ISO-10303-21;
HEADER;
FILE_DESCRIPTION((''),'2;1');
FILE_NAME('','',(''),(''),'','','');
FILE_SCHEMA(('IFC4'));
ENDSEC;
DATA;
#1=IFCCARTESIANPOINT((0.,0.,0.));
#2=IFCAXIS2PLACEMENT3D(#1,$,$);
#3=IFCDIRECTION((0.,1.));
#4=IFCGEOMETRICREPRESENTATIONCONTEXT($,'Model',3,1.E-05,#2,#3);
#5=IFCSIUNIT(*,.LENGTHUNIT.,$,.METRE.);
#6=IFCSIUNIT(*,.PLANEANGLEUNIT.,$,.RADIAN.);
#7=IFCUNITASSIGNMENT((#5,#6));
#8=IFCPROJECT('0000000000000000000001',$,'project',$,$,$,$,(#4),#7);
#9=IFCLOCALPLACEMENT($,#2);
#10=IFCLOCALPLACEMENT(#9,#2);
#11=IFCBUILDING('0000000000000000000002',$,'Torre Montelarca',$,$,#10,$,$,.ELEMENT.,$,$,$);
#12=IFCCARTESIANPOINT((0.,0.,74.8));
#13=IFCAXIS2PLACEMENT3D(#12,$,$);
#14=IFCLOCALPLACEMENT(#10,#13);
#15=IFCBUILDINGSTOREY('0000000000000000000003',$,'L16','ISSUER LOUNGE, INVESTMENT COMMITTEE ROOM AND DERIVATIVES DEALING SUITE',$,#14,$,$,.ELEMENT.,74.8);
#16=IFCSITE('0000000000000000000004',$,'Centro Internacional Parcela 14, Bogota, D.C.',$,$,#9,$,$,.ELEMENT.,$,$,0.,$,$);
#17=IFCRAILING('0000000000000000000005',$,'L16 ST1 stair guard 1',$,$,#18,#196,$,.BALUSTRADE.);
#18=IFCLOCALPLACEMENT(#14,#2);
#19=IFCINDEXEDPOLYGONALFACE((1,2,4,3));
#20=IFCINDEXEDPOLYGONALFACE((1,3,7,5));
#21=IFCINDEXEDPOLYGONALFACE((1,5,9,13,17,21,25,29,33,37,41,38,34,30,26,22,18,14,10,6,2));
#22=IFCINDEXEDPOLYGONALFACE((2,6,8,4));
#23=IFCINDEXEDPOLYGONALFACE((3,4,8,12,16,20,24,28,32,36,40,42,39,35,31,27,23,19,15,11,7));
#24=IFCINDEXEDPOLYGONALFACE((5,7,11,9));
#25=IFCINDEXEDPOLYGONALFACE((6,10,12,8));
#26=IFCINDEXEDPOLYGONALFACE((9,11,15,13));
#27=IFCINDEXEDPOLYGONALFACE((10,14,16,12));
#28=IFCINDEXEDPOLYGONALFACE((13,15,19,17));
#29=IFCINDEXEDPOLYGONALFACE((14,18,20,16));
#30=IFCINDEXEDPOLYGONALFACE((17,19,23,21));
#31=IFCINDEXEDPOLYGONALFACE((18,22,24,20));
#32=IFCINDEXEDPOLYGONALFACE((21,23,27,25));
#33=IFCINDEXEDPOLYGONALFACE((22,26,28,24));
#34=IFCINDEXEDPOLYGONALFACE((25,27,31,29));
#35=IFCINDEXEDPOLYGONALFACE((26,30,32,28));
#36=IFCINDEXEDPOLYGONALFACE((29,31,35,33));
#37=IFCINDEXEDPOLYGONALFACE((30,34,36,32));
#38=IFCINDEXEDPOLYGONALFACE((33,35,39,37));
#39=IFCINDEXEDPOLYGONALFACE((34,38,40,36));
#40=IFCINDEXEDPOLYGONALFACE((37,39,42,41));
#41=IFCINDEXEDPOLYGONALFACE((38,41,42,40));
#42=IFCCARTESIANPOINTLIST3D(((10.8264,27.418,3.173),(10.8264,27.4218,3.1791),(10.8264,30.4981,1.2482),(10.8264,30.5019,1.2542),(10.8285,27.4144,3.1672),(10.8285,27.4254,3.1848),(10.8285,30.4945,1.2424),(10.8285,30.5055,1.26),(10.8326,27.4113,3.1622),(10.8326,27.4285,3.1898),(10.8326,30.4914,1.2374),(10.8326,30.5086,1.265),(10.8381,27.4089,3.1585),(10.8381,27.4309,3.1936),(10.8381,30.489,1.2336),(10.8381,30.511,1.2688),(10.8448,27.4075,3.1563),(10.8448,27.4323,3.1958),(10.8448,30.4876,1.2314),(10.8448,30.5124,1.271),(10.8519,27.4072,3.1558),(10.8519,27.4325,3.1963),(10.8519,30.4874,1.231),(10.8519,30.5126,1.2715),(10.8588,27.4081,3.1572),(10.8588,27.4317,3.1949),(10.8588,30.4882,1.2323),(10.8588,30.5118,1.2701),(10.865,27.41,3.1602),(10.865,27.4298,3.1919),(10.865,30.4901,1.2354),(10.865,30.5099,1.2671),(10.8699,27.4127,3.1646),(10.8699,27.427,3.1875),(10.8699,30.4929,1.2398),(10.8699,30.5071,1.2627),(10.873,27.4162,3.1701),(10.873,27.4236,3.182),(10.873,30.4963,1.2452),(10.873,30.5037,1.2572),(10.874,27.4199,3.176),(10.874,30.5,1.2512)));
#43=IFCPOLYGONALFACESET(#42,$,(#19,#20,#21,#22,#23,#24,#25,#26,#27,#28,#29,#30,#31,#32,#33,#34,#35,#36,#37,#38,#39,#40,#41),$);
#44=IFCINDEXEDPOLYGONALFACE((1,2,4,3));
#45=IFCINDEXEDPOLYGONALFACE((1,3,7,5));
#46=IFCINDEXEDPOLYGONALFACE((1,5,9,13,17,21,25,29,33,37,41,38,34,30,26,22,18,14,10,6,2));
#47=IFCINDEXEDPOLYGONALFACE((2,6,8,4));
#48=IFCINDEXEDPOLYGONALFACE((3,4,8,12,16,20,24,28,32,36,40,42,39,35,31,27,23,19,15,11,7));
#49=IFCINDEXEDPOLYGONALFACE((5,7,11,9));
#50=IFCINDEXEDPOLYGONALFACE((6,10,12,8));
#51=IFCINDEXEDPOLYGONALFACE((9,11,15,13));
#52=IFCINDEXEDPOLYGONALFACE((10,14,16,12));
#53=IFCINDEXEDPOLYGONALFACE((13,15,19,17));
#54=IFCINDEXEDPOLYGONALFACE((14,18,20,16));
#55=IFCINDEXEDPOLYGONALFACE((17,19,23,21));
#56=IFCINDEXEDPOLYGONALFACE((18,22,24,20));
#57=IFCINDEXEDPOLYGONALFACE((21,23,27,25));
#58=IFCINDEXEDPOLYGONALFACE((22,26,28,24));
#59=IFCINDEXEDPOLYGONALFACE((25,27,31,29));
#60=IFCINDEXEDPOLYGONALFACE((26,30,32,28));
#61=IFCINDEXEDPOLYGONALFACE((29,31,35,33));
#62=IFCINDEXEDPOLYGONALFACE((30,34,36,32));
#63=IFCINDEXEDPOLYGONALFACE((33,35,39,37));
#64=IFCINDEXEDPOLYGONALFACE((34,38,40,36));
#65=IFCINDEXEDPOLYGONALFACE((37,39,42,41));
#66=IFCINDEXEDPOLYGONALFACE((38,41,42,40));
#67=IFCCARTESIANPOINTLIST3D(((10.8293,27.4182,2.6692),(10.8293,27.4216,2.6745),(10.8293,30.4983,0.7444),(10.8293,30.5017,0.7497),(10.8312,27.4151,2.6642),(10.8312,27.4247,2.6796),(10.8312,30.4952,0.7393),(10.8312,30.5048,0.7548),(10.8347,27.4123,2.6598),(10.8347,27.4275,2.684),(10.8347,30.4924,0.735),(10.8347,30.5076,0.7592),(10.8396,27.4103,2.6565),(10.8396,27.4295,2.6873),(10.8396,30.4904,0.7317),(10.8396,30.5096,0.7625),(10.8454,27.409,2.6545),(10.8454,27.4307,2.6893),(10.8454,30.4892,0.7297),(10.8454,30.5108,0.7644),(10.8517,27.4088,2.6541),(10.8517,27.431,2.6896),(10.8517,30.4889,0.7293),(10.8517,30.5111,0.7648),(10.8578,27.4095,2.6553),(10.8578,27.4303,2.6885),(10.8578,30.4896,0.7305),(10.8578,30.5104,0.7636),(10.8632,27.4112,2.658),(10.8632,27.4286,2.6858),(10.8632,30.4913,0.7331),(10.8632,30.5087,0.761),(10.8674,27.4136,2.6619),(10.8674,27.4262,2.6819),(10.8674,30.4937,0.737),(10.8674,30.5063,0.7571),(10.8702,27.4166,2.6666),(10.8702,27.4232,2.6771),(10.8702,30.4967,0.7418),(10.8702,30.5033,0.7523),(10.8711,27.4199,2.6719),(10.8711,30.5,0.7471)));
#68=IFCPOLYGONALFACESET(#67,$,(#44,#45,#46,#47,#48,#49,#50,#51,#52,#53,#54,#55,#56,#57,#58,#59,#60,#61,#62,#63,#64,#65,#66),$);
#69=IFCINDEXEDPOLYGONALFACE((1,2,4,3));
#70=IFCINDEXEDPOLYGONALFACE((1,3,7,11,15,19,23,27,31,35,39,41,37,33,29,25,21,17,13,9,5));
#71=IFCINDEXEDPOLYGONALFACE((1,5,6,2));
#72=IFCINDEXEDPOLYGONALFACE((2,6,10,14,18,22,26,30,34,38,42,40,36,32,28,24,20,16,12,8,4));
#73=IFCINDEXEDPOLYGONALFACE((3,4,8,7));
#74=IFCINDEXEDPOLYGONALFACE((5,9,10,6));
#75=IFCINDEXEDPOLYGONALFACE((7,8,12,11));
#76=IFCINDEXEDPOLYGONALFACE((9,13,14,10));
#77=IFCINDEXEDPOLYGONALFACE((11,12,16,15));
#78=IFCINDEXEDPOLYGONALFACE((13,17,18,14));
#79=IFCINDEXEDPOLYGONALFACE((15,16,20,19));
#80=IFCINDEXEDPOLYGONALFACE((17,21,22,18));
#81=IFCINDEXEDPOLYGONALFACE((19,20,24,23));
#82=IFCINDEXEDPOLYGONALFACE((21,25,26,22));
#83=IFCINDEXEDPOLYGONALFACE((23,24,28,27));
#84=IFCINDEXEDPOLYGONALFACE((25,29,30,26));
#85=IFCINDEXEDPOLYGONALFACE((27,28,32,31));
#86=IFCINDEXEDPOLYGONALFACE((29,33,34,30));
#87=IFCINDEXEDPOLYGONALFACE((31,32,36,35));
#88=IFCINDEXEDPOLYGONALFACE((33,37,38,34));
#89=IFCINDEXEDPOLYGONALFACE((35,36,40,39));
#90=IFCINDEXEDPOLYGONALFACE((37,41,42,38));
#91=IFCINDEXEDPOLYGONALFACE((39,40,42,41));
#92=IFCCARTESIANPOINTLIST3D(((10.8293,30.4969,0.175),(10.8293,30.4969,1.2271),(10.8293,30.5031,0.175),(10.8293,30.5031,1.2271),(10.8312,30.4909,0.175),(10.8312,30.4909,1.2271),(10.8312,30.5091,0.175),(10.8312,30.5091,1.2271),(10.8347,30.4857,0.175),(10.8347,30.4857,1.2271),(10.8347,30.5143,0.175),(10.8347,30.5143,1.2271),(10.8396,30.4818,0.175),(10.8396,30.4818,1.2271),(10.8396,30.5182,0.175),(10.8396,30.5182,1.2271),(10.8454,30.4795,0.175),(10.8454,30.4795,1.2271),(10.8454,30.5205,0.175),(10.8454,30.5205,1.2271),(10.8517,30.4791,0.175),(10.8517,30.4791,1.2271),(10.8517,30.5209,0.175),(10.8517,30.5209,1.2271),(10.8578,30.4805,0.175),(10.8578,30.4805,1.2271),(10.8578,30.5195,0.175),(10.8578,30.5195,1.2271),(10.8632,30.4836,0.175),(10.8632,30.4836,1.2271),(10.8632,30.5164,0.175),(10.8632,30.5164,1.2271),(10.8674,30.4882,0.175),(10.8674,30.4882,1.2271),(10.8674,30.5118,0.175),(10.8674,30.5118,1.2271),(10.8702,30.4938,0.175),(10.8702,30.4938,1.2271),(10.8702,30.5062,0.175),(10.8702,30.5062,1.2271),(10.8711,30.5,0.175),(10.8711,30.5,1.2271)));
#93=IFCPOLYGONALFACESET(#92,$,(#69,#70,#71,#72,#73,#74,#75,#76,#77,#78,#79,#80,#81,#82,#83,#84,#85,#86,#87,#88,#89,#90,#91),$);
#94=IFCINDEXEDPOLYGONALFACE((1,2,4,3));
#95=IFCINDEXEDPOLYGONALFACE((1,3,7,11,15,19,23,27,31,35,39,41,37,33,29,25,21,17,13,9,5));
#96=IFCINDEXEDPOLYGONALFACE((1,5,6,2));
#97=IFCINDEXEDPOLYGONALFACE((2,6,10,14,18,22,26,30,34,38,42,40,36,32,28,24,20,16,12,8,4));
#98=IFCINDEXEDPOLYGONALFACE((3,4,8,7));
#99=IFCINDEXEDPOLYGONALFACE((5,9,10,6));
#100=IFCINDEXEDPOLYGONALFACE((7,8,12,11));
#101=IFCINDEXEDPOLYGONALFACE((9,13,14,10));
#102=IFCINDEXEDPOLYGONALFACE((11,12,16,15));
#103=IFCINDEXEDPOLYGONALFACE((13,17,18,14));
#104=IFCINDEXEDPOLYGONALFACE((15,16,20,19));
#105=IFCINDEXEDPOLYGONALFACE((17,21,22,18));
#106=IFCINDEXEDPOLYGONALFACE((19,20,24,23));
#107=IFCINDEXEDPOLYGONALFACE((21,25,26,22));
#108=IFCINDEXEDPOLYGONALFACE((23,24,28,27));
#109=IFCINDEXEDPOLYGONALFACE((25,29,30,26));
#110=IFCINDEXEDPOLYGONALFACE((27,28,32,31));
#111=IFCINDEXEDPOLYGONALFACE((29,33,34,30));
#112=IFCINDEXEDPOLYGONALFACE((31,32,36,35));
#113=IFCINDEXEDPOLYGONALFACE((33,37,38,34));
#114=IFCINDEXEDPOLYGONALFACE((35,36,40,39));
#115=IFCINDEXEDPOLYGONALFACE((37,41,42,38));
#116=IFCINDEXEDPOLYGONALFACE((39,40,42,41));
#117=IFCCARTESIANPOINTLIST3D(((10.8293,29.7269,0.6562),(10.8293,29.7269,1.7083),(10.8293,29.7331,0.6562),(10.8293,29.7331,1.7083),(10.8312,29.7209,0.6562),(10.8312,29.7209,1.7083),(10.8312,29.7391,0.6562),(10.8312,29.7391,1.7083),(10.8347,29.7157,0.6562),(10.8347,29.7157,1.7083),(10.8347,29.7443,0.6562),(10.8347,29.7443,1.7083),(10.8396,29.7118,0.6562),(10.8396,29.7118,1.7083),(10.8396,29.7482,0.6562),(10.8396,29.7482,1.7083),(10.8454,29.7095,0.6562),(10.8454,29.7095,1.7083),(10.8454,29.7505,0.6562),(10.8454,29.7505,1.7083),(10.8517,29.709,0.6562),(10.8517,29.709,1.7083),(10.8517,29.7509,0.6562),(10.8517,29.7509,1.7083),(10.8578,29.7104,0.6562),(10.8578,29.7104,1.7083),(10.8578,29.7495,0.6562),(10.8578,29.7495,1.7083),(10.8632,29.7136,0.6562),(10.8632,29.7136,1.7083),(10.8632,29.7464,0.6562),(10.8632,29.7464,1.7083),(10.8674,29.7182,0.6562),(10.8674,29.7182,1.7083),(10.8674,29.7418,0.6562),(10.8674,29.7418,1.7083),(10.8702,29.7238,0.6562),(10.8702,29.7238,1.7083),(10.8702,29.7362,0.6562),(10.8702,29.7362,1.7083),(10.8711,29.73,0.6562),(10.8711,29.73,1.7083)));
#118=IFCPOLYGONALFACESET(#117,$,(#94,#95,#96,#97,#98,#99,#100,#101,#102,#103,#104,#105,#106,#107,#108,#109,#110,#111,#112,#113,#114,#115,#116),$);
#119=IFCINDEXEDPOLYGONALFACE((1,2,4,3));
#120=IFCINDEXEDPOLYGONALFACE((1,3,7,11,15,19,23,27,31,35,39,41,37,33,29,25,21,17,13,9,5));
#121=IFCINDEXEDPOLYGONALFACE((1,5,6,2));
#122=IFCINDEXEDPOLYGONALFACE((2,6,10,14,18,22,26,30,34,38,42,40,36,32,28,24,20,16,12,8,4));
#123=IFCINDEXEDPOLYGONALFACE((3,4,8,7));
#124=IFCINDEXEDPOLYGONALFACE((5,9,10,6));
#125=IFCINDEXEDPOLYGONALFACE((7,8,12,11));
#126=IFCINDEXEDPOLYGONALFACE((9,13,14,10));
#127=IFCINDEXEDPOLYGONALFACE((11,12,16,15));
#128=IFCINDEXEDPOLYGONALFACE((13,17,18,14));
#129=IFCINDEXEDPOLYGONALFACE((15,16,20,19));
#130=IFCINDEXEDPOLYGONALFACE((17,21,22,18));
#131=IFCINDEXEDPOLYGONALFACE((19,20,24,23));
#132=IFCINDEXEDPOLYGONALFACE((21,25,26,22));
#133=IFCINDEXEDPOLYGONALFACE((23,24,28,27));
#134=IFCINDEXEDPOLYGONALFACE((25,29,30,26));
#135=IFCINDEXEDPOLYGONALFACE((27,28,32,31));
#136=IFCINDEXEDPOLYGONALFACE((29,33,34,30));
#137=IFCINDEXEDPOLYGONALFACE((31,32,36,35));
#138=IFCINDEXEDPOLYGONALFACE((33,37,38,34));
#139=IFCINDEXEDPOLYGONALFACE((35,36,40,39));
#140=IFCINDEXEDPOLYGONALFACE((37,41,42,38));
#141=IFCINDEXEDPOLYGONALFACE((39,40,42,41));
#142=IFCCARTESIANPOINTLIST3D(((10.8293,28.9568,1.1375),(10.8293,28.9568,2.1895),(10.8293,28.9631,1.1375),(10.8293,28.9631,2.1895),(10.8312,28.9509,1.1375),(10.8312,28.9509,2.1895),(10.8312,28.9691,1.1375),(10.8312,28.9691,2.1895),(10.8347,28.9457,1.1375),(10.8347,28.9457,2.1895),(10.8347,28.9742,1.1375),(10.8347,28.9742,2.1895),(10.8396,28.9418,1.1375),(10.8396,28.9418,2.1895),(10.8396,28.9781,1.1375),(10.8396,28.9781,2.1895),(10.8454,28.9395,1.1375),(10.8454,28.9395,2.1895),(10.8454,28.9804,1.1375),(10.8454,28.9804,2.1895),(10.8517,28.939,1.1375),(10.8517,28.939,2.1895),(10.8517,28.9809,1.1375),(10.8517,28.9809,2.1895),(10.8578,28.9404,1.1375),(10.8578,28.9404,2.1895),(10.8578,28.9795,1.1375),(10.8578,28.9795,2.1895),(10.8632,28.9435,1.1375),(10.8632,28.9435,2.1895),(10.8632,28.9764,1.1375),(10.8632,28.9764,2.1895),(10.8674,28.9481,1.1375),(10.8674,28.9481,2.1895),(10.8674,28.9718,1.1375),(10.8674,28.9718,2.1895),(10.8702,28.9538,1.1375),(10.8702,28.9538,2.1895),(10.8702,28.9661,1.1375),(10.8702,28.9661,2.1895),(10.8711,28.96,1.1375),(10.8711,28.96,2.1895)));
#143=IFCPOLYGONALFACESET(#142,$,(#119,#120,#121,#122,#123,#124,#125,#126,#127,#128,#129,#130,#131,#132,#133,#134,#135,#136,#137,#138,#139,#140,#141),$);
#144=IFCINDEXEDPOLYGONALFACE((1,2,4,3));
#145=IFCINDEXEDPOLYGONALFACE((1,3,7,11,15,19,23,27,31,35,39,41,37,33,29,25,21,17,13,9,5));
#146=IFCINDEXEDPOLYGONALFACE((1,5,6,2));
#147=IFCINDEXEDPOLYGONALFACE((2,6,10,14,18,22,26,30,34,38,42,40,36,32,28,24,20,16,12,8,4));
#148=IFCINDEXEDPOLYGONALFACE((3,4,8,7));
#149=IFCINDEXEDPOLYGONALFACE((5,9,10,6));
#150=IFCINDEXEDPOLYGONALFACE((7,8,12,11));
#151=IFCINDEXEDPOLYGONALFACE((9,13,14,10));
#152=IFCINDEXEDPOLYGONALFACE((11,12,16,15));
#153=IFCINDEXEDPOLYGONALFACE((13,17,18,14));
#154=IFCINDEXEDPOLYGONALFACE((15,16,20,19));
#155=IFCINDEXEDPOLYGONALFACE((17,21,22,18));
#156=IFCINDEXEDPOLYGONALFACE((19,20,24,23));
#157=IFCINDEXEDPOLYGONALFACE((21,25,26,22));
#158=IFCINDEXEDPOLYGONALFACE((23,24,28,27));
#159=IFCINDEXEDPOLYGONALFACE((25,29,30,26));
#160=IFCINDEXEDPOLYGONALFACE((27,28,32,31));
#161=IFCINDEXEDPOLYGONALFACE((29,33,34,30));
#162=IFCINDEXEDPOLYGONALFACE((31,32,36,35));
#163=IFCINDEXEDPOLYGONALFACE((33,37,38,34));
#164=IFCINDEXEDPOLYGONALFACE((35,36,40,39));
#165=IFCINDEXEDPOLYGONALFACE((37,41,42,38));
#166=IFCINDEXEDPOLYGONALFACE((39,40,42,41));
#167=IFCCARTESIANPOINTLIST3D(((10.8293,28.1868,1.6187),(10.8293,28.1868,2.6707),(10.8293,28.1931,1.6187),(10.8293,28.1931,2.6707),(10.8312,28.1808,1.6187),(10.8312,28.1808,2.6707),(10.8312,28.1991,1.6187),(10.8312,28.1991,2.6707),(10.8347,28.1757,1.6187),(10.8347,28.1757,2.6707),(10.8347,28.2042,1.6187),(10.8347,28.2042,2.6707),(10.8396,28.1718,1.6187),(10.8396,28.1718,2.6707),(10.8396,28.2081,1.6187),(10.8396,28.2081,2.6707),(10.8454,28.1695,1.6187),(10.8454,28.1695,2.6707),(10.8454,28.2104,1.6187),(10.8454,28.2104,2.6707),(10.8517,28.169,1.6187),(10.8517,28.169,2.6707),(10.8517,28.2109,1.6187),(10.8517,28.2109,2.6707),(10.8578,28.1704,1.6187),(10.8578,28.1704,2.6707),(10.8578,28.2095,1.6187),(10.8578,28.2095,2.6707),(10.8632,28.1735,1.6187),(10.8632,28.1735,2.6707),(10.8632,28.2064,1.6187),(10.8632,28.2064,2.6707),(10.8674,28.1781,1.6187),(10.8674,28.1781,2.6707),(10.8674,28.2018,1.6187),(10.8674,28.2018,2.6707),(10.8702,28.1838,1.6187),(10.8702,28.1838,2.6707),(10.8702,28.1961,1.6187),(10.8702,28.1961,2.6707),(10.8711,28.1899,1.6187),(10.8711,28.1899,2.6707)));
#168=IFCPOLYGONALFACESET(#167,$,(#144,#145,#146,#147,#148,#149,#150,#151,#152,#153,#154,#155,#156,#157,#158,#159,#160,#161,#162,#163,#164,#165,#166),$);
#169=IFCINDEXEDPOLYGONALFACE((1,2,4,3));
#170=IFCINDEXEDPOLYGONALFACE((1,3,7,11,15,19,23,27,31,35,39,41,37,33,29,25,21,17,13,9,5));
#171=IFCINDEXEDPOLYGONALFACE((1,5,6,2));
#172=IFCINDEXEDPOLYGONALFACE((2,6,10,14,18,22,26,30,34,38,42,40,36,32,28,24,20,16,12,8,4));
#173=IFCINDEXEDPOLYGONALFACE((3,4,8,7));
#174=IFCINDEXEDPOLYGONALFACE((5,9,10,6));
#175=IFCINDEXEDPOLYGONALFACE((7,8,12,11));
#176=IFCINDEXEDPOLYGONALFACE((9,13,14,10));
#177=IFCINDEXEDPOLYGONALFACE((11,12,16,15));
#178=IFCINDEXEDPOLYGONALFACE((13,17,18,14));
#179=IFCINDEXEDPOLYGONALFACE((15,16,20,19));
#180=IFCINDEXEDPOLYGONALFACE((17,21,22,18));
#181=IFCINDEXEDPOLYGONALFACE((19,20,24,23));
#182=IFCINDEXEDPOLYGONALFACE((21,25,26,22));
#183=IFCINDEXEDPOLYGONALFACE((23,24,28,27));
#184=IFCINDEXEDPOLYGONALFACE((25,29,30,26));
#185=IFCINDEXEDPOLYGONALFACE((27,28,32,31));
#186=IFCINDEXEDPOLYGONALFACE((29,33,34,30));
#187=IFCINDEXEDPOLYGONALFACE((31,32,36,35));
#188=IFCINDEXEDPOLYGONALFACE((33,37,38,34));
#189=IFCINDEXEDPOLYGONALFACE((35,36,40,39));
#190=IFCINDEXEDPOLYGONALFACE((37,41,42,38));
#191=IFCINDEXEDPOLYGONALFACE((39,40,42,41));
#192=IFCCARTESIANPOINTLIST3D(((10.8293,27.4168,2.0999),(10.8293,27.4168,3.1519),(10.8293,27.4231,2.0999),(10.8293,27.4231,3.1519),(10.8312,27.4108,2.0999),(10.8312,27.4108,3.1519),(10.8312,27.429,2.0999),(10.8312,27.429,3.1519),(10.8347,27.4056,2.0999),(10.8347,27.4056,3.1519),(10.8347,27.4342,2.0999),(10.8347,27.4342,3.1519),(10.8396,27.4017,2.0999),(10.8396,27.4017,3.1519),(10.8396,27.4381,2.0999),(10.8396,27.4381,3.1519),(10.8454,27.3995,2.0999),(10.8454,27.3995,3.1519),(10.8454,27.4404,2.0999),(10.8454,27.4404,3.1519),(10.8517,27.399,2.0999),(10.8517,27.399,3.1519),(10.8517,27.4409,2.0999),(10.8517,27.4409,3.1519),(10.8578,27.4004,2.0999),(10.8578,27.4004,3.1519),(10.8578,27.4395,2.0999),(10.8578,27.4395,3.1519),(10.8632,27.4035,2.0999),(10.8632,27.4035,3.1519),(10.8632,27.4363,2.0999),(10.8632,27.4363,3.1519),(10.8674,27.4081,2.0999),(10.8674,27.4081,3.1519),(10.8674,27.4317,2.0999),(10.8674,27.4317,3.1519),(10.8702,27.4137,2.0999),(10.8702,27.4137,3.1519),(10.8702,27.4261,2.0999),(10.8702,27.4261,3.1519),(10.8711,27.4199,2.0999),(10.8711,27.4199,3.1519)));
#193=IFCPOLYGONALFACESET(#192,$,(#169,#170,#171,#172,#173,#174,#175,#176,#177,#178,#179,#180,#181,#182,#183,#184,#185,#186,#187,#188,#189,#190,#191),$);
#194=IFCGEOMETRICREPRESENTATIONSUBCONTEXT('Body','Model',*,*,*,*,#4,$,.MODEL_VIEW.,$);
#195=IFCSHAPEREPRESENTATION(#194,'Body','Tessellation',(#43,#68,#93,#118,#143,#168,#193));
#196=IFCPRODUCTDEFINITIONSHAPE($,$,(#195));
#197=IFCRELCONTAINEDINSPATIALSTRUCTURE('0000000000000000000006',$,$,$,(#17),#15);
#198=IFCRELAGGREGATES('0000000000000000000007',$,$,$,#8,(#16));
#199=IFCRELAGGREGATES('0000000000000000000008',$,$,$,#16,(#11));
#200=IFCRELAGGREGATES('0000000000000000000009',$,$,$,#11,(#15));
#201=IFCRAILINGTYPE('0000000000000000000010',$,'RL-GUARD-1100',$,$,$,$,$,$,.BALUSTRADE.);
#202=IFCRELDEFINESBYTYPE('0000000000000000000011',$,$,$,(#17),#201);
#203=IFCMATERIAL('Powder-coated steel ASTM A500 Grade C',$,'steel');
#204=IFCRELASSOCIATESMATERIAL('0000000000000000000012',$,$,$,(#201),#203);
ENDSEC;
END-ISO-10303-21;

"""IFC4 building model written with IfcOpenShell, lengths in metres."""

from ifc_helpers import new_model, si_unit, direction, frame, origin, origin_2d, place, context, subcontext, project, spatial, circle, extrude, material, type_object, element, save


model = new_model("IFC4")

# Units and contexts
model_context = context("Model", 3, precision=1e-05, world=origin(), true_north=direction((0.0, 1.0)))
body_context = subcontext(model_context, "Body", "Model", "MODEL_VIEW")
ifc_project = project(units=[si_unit("LENGTHUNIT", "METRE"), si_unit("PLANEANGLEUNIT", "RADIAN")], contexts=[model_context])

# Site, building, storey
site_placement = place(None, origin())
site = spatial("IfcSite", under=ifc_project, at=site_placement, Name="Centro Internacional Parcela 14, Bogota, D.C.", CompositionType="ELEMENT", RefElevation=0.0)
building_placement = place(site_placement, origin())
building = spatial("IfcBuilding", under=site, at=building_placement, Name="Torre Montelarca", CompositionType="ELEMENT")
storey_placement = place(building_placement, frame((0.0, 0.0, 74.8)))
storey = spatial("IfcBuildingStorey", under=building, at=storey_placement, Name="L16", Description="ISSUER LOUNGE, INVESTMENT COMMITTEE ROOM AND DERIVATIVES DEALING SUITE", CompositionType="ELEMENT", Elevation=74.8)

# Railing
ifc_material_1 = material(Name="Powder-coated steel ASTM A500 Grade C", Category="steel")
railing_type_1 = type_object("IfcRailingType", Name="RL-GUARD-1100", PredefinedType="BALUSTRADE", material=ifc_material_1)
railing_1_placement = place(storey_placement, frame((10.8501, 30.5, 0.175)))
element("IfcRailing", 1, at=railing_1_placement, inside=storey, type_object=railing_type_1, Name="L16 ST1 stair guard 1", PredefinedType="BALUSTRADE", context=body_context, shape_type="SweptSolid", body=[
    extrude(circle(Radius=0.0239, at=origin_2d()), frame((0.0, 0.0, 1.0762), z_axis=(0.0, -0.848029, 0.529951), x_axis=(1.0, 0.0, 0.0)), (0.0, 0.0, 1.0), 3.6321),
    extrude(circle(Radius=0.021, at=origin_2d()), frame((0.0, 0.0, 0.572), z_axis=(0.0, -0.848029, 0.529951), x_axis=(1.0, 0.0, 0.0)), (0.0, 0.0, 1.0), 3.6321),
    extrude(circle(Radius=0.021, at=origin_2d()), origin(), (0.0, 0.0, 1.0), 1.052),
    extrude(circle(Radius=0.021, at=origin_2d()), frame((0.0, -0.77, 0.4812)), (0.0, 0.0, 1.0), 1.052),
    extrude(circle(Radius=0.021, at=origin_2d()), frame((0.0, -1.54, 0.9624)), (0.0, 0.0, 1.0), 1.052),
    extrude(circle(Radius=0.021, at=origin_2d()), frame((0.0, -2.3101, 1.4436)), (0.0, 0.0, 1.0), 1.052),
    extrude(circle(Radius=0.021, at=origin_2d()), frame((0.0, -3.0801, 1.9248)), (0.0, 0.0, 1.0), 1.052),
])

save(model, "model.ifc")
